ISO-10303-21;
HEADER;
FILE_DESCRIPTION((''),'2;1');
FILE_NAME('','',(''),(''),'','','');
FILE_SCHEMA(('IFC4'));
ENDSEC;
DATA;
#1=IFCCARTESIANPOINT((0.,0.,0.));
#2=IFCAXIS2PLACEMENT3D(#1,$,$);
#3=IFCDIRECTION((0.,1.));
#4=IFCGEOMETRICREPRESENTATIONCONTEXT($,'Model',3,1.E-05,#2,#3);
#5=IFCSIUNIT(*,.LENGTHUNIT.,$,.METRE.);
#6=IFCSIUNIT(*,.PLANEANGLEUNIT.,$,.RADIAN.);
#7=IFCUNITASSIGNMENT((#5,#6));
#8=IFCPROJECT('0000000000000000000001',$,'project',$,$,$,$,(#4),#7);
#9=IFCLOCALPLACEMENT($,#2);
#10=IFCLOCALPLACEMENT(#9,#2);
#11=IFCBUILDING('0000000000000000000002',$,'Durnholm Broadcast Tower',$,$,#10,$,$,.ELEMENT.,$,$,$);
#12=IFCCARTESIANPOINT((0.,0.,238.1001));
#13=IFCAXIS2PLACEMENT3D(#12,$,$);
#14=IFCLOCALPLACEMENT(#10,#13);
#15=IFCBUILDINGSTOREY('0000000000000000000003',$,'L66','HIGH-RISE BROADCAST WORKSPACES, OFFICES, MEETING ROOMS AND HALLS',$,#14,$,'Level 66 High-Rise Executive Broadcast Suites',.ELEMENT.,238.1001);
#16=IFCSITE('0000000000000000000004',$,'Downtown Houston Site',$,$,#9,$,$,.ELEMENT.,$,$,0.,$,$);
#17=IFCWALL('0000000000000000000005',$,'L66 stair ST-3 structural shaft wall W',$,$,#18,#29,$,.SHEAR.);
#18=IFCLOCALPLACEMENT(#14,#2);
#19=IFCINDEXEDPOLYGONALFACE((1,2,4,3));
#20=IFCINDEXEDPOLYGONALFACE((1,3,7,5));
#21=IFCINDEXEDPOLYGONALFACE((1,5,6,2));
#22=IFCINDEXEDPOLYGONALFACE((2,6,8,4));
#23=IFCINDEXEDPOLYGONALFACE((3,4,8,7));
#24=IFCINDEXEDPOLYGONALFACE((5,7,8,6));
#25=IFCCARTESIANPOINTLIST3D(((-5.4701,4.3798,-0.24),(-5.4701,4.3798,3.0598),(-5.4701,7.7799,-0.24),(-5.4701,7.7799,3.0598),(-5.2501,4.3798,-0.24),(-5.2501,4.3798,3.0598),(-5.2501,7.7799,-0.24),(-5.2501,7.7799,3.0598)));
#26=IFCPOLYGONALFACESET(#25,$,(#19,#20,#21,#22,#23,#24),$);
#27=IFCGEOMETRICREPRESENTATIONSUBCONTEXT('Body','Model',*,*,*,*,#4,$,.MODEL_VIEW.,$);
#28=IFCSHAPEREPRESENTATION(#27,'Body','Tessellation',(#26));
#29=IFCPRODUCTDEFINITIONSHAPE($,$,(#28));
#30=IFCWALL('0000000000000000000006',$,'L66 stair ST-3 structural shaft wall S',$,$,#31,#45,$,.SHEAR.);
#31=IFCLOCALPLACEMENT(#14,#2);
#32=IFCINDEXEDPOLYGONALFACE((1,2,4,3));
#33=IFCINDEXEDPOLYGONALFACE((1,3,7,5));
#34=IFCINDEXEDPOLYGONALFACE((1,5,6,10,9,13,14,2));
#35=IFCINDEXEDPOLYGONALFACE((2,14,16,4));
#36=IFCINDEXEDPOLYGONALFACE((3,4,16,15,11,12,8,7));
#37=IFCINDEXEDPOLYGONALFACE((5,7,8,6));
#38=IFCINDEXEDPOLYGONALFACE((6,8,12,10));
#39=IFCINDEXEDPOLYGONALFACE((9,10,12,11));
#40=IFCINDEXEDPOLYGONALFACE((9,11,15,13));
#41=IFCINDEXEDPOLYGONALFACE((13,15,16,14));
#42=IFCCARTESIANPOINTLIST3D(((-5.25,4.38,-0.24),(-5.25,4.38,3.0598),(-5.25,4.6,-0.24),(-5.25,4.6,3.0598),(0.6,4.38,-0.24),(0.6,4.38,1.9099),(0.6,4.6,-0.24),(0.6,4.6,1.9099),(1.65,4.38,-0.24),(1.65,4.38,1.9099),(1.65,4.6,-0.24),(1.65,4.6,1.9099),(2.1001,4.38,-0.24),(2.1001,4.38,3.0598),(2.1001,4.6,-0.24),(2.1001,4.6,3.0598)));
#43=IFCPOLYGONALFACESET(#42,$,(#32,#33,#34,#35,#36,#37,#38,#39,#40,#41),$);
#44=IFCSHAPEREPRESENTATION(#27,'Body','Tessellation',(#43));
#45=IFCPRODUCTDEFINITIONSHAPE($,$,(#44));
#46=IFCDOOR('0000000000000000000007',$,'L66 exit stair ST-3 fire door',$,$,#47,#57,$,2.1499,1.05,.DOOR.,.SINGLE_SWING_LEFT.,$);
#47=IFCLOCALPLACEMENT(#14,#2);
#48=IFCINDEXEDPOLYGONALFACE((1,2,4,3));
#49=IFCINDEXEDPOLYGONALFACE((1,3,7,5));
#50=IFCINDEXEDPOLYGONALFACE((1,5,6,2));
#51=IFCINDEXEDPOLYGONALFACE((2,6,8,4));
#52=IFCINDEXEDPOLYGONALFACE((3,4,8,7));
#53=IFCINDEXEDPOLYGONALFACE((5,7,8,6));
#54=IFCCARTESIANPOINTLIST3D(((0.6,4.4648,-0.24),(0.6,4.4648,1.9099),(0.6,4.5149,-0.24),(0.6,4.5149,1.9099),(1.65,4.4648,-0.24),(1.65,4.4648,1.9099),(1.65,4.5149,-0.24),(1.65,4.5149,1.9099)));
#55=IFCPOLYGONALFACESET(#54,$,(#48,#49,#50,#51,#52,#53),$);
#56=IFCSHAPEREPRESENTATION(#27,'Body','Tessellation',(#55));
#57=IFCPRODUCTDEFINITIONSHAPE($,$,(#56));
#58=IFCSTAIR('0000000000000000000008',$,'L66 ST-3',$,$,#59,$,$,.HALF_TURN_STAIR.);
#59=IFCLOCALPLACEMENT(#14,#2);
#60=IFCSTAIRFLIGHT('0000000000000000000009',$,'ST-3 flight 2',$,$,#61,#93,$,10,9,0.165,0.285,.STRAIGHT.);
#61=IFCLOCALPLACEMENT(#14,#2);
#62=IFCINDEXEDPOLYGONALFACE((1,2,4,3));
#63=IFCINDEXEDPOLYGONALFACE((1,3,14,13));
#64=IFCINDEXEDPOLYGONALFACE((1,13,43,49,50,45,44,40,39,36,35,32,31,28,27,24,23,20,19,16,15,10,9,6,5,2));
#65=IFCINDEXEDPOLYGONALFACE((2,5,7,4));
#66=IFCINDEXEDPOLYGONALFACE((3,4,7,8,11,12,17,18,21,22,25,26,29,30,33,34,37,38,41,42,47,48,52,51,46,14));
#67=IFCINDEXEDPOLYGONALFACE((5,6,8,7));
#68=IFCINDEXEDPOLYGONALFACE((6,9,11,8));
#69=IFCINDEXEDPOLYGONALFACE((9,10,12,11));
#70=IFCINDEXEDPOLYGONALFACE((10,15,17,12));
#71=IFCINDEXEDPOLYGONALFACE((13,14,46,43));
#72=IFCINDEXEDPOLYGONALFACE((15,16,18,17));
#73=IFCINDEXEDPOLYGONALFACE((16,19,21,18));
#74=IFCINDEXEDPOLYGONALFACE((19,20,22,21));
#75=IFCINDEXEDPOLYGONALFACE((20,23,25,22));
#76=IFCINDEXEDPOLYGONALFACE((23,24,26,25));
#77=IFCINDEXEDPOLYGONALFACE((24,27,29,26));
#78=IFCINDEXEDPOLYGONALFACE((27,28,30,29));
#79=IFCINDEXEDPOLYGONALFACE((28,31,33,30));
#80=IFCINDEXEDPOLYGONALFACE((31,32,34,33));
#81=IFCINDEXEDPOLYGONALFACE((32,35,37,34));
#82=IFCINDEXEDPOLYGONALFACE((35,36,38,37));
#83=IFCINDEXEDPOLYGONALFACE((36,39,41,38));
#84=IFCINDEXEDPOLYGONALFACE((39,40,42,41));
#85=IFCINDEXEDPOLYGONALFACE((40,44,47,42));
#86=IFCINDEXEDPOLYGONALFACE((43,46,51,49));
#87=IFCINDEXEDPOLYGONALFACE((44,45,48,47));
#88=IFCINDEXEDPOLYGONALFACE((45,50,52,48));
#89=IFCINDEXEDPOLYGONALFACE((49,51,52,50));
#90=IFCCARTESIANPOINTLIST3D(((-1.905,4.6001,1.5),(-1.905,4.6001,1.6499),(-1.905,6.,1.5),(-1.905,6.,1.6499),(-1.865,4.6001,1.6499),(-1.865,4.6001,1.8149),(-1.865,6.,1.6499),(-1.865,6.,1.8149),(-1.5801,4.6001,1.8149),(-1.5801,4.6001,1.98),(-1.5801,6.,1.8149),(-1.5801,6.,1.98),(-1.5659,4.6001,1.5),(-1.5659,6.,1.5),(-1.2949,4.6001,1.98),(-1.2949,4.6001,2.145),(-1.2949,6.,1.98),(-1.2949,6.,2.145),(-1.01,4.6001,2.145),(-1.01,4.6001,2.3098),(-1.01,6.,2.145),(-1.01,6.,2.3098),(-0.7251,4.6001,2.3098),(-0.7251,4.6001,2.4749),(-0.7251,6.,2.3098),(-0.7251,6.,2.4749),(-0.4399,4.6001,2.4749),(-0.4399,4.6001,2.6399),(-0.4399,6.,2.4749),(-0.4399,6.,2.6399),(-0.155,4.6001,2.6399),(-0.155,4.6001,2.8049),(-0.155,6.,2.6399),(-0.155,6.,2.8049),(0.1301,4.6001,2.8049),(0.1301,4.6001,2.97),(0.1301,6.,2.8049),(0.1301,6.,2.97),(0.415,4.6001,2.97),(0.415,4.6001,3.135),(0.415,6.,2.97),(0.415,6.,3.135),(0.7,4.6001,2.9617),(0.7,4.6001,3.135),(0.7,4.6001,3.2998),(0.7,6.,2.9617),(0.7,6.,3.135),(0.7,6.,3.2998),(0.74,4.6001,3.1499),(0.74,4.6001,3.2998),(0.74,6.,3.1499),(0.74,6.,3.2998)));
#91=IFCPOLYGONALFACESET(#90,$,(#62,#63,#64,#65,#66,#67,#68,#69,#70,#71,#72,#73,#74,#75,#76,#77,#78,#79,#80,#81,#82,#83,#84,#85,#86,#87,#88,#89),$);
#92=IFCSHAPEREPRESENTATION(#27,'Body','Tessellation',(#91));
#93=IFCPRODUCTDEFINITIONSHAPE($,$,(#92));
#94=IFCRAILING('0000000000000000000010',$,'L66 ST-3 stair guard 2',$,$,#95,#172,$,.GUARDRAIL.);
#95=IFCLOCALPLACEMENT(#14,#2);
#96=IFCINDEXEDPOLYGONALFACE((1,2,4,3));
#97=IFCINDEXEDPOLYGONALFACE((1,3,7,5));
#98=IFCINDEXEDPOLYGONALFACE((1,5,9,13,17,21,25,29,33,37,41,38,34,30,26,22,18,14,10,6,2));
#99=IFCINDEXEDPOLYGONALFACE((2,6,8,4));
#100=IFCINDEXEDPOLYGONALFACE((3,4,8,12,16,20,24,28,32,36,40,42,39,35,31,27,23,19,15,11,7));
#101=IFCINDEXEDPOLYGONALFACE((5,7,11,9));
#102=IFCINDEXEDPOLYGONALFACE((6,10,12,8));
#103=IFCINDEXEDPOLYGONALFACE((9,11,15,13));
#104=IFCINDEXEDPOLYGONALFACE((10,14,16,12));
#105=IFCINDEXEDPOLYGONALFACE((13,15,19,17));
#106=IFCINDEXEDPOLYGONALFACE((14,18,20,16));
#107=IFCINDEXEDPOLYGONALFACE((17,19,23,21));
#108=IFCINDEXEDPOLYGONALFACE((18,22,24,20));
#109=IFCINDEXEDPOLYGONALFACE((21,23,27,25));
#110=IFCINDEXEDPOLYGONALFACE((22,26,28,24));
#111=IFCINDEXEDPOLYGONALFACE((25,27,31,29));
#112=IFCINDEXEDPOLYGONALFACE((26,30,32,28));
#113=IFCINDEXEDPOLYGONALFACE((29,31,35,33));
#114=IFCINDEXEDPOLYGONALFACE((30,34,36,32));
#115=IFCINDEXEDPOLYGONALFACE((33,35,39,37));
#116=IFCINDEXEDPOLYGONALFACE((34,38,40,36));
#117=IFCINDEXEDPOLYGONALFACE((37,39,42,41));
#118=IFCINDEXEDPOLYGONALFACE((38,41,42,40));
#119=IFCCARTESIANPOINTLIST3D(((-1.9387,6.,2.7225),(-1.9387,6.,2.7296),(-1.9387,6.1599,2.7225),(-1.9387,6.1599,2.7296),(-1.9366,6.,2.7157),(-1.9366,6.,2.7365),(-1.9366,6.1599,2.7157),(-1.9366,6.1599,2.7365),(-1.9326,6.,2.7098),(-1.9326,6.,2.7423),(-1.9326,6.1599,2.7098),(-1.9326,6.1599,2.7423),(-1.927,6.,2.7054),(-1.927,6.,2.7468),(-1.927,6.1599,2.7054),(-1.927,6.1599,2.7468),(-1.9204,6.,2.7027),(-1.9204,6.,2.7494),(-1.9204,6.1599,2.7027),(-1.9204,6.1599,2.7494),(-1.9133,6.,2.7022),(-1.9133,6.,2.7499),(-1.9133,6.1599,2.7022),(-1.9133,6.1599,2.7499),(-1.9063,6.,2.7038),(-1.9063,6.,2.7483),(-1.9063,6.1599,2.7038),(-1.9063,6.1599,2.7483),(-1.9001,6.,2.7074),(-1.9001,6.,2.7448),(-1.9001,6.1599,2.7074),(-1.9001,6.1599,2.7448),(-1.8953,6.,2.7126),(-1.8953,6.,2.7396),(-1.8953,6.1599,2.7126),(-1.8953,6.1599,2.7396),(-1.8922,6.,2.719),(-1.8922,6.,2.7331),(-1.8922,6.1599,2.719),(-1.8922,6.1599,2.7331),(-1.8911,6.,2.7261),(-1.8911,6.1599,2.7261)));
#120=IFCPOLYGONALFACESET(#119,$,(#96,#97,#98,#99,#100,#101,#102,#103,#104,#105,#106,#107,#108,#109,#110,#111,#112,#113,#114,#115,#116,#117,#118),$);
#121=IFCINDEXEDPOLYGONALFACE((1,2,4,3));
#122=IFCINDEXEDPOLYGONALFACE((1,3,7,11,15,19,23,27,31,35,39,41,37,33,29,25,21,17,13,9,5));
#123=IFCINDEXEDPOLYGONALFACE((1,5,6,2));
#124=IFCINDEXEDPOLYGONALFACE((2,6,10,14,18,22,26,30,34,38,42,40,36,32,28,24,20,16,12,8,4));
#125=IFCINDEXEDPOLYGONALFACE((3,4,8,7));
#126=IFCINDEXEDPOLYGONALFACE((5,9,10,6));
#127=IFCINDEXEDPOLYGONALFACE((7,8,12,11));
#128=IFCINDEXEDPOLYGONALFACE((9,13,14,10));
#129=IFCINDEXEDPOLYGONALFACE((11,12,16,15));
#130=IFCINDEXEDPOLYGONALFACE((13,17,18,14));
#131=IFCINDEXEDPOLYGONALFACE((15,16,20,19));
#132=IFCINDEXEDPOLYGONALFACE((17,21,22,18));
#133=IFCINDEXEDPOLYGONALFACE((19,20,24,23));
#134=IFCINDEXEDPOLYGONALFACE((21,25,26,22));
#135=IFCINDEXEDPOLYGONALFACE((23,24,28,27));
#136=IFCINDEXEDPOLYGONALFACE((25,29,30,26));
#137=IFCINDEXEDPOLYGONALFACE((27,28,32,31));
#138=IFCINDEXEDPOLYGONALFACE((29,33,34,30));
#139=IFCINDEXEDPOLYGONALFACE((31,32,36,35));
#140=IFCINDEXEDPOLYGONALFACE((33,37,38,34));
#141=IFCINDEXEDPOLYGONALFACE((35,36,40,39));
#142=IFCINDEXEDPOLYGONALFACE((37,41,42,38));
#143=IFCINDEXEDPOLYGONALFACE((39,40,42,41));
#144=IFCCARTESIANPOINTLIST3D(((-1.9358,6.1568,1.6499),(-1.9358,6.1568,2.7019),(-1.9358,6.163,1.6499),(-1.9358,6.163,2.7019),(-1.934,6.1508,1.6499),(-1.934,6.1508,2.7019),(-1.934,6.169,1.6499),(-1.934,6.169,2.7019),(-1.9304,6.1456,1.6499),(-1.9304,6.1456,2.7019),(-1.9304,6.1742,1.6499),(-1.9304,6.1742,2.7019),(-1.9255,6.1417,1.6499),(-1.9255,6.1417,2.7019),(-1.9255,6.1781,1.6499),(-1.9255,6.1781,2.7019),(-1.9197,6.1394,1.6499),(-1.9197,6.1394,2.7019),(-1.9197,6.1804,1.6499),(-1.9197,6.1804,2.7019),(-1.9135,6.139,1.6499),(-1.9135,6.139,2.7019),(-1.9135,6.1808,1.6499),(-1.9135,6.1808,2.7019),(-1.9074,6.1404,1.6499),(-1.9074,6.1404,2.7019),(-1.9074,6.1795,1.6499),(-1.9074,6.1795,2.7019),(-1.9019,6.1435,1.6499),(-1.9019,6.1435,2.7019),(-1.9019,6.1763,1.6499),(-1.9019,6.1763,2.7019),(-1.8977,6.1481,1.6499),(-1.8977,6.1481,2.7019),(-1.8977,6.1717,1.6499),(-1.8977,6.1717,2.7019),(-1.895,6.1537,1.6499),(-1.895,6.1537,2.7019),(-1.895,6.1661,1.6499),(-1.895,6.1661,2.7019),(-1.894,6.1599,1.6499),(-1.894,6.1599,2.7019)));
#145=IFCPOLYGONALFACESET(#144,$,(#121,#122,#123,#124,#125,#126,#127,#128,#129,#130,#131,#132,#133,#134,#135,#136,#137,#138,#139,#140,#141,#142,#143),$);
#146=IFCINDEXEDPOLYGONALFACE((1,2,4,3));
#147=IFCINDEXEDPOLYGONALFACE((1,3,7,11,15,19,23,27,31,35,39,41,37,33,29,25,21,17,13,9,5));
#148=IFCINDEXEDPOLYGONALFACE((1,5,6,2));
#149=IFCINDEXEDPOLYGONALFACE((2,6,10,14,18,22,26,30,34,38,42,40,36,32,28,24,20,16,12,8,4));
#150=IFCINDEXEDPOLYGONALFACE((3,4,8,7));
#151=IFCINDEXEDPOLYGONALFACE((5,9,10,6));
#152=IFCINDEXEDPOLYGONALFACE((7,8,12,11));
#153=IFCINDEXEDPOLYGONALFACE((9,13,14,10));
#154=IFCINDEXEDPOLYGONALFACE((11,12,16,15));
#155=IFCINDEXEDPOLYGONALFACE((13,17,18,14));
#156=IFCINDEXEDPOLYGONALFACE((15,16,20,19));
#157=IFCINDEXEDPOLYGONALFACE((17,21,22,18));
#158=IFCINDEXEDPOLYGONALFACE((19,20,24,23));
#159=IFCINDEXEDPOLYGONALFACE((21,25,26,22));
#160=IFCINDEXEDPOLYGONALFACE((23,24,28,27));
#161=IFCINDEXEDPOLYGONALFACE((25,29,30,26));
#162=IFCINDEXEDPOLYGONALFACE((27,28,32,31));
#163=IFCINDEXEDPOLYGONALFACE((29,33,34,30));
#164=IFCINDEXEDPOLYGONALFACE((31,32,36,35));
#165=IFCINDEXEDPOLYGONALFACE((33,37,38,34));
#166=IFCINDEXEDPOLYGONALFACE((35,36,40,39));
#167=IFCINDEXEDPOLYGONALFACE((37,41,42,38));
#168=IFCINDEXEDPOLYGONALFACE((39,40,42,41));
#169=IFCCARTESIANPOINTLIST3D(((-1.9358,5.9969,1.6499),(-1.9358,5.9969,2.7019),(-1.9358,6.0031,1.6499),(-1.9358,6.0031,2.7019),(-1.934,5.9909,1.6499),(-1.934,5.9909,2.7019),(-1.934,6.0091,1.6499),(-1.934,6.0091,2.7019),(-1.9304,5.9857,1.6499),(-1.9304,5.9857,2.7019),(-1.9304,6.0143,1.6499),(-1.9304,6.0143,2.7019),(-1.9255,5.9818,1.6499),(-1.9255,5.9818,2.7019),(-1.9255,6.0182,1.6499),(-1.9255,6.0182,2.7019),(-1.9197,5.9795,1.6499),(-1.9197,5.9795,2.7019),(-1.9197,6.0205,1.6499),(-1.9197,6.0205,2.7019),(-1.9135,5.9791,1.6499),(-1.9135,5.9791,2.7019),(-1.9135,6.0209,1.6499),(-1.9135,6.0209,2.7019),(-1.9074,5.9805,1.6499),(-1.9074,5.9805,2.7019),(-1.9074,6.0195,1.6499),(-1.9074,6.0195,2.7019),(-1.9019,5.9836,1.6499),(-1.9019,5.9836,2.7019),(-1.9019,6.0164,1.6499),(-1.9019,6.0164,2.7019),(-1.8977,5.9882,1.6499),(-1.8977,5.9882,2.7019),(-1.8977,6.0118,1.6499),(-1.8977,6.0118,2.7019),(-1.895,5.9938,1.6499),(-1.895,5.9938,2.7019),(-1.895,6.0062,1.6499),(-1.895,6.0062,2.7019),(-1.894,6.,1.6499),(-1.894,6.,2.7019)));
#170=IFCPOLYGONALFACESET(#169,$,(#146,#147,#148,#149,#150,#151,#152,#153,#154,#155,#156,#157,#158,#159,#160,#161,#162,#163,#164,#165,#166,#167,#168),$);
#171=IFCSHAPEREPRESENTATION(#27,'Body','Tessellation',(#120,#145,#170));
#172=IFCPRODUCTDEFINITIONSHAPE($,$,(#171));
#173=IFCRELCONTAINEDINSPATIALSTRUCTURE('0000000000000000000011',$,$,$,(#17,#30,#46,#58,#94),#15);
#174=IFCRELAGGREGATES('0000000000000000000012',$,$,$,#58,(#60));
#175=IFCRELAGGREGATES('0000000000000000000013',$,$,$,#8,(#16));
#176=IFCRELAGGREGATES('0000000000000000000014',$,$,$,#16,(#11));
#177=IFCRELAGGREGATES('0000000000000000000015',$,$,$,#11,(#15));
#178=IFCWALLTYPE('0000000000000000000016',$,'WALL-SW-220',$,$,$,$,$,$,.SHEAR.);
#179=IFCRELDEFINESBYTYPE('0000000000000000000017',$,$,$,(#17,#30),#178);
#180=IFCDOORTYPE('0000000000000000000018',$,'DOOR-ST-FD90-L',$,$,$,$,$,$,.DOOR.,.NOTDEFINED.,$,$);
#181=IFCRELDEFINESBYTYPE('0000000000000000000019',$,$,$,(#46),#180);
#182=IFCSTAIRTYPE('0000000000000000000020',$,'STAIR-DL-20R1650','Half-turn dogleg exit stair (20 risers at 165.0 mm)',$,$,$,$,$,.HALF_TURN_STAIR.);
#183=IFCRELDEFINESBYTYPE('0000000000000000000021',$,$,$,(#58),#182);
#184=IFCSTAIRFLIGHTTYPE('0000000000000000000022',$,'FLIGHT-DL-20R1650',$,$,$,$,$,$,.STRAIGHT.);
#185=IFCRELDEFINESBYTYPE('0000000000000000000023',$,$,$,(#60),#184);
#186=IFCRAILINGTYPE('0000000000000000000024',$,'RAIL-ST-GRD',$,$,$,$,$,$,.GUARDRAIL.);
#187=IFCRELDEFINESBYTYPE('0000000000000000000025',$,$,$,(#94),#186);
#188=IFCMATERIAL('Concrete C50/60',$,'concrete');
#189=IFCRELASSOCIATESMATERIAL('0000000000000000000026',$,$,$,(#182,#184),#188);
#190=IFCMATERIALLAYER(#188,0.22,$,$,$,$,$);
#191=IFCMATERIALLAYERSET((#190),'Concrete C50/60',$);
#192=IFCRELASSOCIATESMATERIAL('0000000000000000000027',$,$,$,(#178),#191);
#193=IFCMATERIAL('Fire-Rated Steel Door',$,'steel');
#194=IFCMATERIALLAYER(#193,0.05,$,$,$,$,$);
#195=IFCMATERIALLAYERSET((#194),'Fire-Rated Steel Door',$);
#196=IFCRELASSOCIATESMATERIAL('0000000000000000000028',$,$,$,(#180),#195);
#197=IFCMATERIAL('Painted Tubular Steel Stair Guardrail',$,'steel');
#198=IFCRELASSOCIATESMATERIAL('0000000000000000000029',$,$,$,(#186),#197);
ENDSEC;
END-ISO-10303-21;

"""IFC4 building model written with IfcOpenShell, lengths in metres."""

from ifc_helpers import new_model, si_unit, direction, frame, frame_2d, origin, origin_2d, place, context, subcontext, project, spatial, polyline, rectangle, circle, outline, extrude, source, transform, mapped, material, layer, layer_set, type_object, type_shapes, element, fill, aggregate, save


model = new_model("IFC4")

# Units and contexts
model_context = context("Model", 3, precision=1e-05, world=origin(), true_north=direction((0.0, 1.0)))
body_context = subcontext(model_context, "Body", "Model", "MODEL_VIEW")
ifc_project = project(units=[si_unit("LENGTHUNIT", "METRE"), si_unit("PLANEANGLEUNIT", "RADIAN")], contexts=[model_context])

# Site, building, storey
site_placement = place(None, origin())
site = spatial("IfcSite", under=ifc_project, at=site_placement, Name="Downtown Houston Site", CompositionType="ELEMENT", RefElevation=0.0)
building_placement = place(site_placement, origin())
building = spatial("IfcBuilding", under=site, at=building_placement, Name="Durnholm Broadcast Tower", CompositionType="ELEMENT")
storey_placement = place(building_placement, frame((0.0, 0.0, 238.1001)))
storey = spatial("IfcBuildingStorey", under=building, at=storey_placement, Name="L66", Description="HIGH-RISE BROADCAST WORKSPACES, OFFICES, MEETING ROOMS AND HALLS", LongName="Level 66 High-Rise Executive Broadcast Suites", CompositionType="ELEMENT", Elevation=238.1001)

# Shared definitions
ifc_material_1 = material(Name="Concrete C50/60", Category="concrete")

# Shared definitions
stair_type = type_object("IfcStairType", Name="STAIR-DL-20R1650", Description="Half-turn dogleg exit stair (20 risers at 165.0 mm)", PredefinedType="HALF_TURN_STAIR", material=ifc_material_1)

# Wall
ifc_layer_1 = layer(ifc_material_1, 0.22)
ifc_layer_set_1 = layer_set([ifc_layer_1], Name="Concrete C50/60")
wall_type_1 = type_object("IfcWallType", Name="WALL-SW-220", PredefinedType="SHEAR", material=ifc_layer_set_1)
wall_1_placement = place(storey_placement, frame((-5.3601, 7.78, -0.24), z_axis=(0.0, 0.0, 1.0), x_axis=(0.0, -1.0, 0.0)))
element("IfcWall", 1, at=wall_1_placement, inside=storey, type_object=wall_type_1, Name="L66 stair ST-3 structural shaft wall W", PredefinedType="SHEAR", context=body_context, shape_type="SweptSolid", body=[
    extrude(rectangle(XDim=3.4001, YDim=0.22, at=frame_2d((1.7002, 0.0))), origin(), (0.0, 0.0, 1.0), 3.2998),
])

# Wall, opening, door
wall_2_placement = place(storey_placement, frame((-5.25, 4.49, -0.24), z_axis=(0.0, 0.0, 1.0), x_axis=(1.0, 0.0, 0.0)))
wall_2 = element("IfcWall", 2, at=wall_2_placement, inside=storey, type_object=wall_type_1, Name="L66 stair ST-3 structural shaft wall S", PredefinedType="SHEAR", context=body_context, shape_type="SweptSolid", body=[
    extrude(rectangle(XDim=7.3501, YDim=0.22, at=frame_2d((3.675, 0.0))), origin(), (0.0, 0.0, 1.0), 3.2998),
])
opening_1_placement = place(wall_2_placement, frame((5.8501, 0.0, 0.0)))
opening_1 = element("IfcOpeningElement", 3, at=opening_1_placement, cuts=wall_2, PredefinedType="OPENING", context=body_context, shape_type="SweptSolid", body=[
    extrude(rectangle(XDim=1.05, YDim=2.1499, at=frame_2d((0.5249, 1.075))), frame((0.0, 0.1201, 0.0), z_axis=(0.0, -1.0, 0.0), x_axis=(1.0, 0.0, 0.0)), (0.0, 0.0, 1.0), 0.24),
])
ifc_material_2 = material(Name="Fire-Rated Steel Door", Category="steel")
ifc_layer_2 = layer(ifc_material_2, 0.05)
ifc_layer_set_2 = layer_set([ifc_layer_2], Name="Fire-Rated Steel Door")
door_type_1 = type_object("IfcDoorType", Name="DOOR-ST-FD90-L", OperationType="NOTDEFINED", PredefinedType="DOOR", material=ifc_layer_set_2)
shared_shape_1 = source(origin(), body_context, "Body", "SweptSolid", [
    extrude(rectangle(XDim=1.05, YDim=2.1499, at=frame_2d((0.5249, 1.075))), frame((0.0, 0.0249, 0.0), z_axis=(0.0, -1.0, 0.0), x_axis=(1.0, 0.0, 0.0)), (0.0, 0.0, 1.0), 0.05),
])
type_shapes(door_type_1, [shared_shape_1])
door_1_placement = place(opening_1_placement, origin())
door_1 = element("IfcDoor", 4, at=door_1_placement, inside=storey, type_object=door_type_1, Name="L66 exit stair ST-3 fire door", OperationType="SINGLE_SWING_LEFT", OverallHeight=2.1499, OverallWidth=1.05, PredefinedType="DOOR", context=body_context, shape_type="MappedRepresentation", body=[
    mapped(shared_shape_1, transform((0.0, 0.0, 0.0), x_axis=(1.0, 0.0, 0.0), y_axis=(0.0, 1.0, 0.0), z_axis=(0.0, 0.0, 1.0), scale=1.0)),
])
fill(opening_1, door_1)

# Stair, stair flight
stair_1_placement = place(storey_placement, origin())
stair_1 = element("IfcStair", 5, at=stair_1_placement, inside=storey, type_object=stair_type, Name="L66 ST-3", PredefinedType="HALF_TURN_STAIR")
stair_flight_type = type_object("IfcStairFlightType", Name="FLIGHT-DL-20R1650", PredefinedType="STRAIGHT", material=ifc_material_1)
stair_flight_placement = place(storey_placement, frame((-1.865, 5.3, 1.6499), z_axis=(0.0, 0.0, 1.0), x_axis=(1.0, 0.0, 0.0)))
stair_flight = element("IfcStairFlight", 6, at=stair_flight_placement, type_object=stair_flight_type, Name="ST-3 flight 2", NumberOfRisers=10, NumberOfTreads=9, PredefinedType="STRAIGHT", RiserHeight=0.165, TreadLength=0.285, context=body_context, shape_type="SweptSolid", body=[
    extrude(outline(polyline([(-0.04, -0.1499), (-0.04, 0.0), (0.0, 0.0), (0.0, 0.165), (0.2849, 0.165), (0.2849, 0.3301), (0.5701, 0.3301), (0.5701, 0.4951), (0.855, 0.4951), (0.855, 0.6599), (1.1399, 0.6599), (1.1399, 0.825), (1.425, 0.825), (1.425, 0.99), (1.71, 0.99), (1.71, 1.155), (1.9951, 1.155), (1.9951, 1.3201), (2.28, 1.3201), (2.28, 1.4851), (2.5649, 1.4851), (2.5649, 1.6499), (2.605, 1.6499), (2.605, 1.5), (2.5649, 1.3118), (0.2991, -0.1499), (-0.04, -0.1499)])), frame((0.0, 0.7, 0.0), z_axis=(0.0, -1.0, 0.0), x_axis=(1.0, 0.0, 0.0)), (0.0, 0.0, 1.0), 1.3999),
])
aggregate(stair_1, [stair_flight])

# Railing
ifc_material_3 = material(Name="Painted Tubular Steel Stair Guardrail", Category="steel")
railing_type_1 = type_object("IfcRailingType", Name="RAIL-ST-GRD", PredefinedType="GUARDRAIL", material=ifc_material_3)
railing_1_placement = place(storey_placement, frame((-1.915, 6.1599, 1.6499)))
element("IfcRailing", 7, at=railing_1_placement, inside=storey, type_object=railing_type_1, Name="L66 ST-3 stair guard 2", PredefinedType="GUARDRAIL", context=body_context, shape_type="SweptSolid", body=[
    extrude(circle(Radius=0.0239, at=origin_2d()), frame((0.0, 0.0, 1.0762), z_axis=(0.0, -1.0, 0.0), x_axis=(1.0, 0.0, 0.0)), (0.0, 0.0, 1.0), 0.1599),
    extrude(circle(Radius=0.021, at=origin_2d()), origin(), (0.0, 0.0, 1.0), 1.052),
    extrude(circle(Radius=0.021, at=origin_2d()), frame((0.0, -0.1599, 0.0)), (0.0, 0.0, 1.0), 1.052),
])

save(model, "model.ifc")
